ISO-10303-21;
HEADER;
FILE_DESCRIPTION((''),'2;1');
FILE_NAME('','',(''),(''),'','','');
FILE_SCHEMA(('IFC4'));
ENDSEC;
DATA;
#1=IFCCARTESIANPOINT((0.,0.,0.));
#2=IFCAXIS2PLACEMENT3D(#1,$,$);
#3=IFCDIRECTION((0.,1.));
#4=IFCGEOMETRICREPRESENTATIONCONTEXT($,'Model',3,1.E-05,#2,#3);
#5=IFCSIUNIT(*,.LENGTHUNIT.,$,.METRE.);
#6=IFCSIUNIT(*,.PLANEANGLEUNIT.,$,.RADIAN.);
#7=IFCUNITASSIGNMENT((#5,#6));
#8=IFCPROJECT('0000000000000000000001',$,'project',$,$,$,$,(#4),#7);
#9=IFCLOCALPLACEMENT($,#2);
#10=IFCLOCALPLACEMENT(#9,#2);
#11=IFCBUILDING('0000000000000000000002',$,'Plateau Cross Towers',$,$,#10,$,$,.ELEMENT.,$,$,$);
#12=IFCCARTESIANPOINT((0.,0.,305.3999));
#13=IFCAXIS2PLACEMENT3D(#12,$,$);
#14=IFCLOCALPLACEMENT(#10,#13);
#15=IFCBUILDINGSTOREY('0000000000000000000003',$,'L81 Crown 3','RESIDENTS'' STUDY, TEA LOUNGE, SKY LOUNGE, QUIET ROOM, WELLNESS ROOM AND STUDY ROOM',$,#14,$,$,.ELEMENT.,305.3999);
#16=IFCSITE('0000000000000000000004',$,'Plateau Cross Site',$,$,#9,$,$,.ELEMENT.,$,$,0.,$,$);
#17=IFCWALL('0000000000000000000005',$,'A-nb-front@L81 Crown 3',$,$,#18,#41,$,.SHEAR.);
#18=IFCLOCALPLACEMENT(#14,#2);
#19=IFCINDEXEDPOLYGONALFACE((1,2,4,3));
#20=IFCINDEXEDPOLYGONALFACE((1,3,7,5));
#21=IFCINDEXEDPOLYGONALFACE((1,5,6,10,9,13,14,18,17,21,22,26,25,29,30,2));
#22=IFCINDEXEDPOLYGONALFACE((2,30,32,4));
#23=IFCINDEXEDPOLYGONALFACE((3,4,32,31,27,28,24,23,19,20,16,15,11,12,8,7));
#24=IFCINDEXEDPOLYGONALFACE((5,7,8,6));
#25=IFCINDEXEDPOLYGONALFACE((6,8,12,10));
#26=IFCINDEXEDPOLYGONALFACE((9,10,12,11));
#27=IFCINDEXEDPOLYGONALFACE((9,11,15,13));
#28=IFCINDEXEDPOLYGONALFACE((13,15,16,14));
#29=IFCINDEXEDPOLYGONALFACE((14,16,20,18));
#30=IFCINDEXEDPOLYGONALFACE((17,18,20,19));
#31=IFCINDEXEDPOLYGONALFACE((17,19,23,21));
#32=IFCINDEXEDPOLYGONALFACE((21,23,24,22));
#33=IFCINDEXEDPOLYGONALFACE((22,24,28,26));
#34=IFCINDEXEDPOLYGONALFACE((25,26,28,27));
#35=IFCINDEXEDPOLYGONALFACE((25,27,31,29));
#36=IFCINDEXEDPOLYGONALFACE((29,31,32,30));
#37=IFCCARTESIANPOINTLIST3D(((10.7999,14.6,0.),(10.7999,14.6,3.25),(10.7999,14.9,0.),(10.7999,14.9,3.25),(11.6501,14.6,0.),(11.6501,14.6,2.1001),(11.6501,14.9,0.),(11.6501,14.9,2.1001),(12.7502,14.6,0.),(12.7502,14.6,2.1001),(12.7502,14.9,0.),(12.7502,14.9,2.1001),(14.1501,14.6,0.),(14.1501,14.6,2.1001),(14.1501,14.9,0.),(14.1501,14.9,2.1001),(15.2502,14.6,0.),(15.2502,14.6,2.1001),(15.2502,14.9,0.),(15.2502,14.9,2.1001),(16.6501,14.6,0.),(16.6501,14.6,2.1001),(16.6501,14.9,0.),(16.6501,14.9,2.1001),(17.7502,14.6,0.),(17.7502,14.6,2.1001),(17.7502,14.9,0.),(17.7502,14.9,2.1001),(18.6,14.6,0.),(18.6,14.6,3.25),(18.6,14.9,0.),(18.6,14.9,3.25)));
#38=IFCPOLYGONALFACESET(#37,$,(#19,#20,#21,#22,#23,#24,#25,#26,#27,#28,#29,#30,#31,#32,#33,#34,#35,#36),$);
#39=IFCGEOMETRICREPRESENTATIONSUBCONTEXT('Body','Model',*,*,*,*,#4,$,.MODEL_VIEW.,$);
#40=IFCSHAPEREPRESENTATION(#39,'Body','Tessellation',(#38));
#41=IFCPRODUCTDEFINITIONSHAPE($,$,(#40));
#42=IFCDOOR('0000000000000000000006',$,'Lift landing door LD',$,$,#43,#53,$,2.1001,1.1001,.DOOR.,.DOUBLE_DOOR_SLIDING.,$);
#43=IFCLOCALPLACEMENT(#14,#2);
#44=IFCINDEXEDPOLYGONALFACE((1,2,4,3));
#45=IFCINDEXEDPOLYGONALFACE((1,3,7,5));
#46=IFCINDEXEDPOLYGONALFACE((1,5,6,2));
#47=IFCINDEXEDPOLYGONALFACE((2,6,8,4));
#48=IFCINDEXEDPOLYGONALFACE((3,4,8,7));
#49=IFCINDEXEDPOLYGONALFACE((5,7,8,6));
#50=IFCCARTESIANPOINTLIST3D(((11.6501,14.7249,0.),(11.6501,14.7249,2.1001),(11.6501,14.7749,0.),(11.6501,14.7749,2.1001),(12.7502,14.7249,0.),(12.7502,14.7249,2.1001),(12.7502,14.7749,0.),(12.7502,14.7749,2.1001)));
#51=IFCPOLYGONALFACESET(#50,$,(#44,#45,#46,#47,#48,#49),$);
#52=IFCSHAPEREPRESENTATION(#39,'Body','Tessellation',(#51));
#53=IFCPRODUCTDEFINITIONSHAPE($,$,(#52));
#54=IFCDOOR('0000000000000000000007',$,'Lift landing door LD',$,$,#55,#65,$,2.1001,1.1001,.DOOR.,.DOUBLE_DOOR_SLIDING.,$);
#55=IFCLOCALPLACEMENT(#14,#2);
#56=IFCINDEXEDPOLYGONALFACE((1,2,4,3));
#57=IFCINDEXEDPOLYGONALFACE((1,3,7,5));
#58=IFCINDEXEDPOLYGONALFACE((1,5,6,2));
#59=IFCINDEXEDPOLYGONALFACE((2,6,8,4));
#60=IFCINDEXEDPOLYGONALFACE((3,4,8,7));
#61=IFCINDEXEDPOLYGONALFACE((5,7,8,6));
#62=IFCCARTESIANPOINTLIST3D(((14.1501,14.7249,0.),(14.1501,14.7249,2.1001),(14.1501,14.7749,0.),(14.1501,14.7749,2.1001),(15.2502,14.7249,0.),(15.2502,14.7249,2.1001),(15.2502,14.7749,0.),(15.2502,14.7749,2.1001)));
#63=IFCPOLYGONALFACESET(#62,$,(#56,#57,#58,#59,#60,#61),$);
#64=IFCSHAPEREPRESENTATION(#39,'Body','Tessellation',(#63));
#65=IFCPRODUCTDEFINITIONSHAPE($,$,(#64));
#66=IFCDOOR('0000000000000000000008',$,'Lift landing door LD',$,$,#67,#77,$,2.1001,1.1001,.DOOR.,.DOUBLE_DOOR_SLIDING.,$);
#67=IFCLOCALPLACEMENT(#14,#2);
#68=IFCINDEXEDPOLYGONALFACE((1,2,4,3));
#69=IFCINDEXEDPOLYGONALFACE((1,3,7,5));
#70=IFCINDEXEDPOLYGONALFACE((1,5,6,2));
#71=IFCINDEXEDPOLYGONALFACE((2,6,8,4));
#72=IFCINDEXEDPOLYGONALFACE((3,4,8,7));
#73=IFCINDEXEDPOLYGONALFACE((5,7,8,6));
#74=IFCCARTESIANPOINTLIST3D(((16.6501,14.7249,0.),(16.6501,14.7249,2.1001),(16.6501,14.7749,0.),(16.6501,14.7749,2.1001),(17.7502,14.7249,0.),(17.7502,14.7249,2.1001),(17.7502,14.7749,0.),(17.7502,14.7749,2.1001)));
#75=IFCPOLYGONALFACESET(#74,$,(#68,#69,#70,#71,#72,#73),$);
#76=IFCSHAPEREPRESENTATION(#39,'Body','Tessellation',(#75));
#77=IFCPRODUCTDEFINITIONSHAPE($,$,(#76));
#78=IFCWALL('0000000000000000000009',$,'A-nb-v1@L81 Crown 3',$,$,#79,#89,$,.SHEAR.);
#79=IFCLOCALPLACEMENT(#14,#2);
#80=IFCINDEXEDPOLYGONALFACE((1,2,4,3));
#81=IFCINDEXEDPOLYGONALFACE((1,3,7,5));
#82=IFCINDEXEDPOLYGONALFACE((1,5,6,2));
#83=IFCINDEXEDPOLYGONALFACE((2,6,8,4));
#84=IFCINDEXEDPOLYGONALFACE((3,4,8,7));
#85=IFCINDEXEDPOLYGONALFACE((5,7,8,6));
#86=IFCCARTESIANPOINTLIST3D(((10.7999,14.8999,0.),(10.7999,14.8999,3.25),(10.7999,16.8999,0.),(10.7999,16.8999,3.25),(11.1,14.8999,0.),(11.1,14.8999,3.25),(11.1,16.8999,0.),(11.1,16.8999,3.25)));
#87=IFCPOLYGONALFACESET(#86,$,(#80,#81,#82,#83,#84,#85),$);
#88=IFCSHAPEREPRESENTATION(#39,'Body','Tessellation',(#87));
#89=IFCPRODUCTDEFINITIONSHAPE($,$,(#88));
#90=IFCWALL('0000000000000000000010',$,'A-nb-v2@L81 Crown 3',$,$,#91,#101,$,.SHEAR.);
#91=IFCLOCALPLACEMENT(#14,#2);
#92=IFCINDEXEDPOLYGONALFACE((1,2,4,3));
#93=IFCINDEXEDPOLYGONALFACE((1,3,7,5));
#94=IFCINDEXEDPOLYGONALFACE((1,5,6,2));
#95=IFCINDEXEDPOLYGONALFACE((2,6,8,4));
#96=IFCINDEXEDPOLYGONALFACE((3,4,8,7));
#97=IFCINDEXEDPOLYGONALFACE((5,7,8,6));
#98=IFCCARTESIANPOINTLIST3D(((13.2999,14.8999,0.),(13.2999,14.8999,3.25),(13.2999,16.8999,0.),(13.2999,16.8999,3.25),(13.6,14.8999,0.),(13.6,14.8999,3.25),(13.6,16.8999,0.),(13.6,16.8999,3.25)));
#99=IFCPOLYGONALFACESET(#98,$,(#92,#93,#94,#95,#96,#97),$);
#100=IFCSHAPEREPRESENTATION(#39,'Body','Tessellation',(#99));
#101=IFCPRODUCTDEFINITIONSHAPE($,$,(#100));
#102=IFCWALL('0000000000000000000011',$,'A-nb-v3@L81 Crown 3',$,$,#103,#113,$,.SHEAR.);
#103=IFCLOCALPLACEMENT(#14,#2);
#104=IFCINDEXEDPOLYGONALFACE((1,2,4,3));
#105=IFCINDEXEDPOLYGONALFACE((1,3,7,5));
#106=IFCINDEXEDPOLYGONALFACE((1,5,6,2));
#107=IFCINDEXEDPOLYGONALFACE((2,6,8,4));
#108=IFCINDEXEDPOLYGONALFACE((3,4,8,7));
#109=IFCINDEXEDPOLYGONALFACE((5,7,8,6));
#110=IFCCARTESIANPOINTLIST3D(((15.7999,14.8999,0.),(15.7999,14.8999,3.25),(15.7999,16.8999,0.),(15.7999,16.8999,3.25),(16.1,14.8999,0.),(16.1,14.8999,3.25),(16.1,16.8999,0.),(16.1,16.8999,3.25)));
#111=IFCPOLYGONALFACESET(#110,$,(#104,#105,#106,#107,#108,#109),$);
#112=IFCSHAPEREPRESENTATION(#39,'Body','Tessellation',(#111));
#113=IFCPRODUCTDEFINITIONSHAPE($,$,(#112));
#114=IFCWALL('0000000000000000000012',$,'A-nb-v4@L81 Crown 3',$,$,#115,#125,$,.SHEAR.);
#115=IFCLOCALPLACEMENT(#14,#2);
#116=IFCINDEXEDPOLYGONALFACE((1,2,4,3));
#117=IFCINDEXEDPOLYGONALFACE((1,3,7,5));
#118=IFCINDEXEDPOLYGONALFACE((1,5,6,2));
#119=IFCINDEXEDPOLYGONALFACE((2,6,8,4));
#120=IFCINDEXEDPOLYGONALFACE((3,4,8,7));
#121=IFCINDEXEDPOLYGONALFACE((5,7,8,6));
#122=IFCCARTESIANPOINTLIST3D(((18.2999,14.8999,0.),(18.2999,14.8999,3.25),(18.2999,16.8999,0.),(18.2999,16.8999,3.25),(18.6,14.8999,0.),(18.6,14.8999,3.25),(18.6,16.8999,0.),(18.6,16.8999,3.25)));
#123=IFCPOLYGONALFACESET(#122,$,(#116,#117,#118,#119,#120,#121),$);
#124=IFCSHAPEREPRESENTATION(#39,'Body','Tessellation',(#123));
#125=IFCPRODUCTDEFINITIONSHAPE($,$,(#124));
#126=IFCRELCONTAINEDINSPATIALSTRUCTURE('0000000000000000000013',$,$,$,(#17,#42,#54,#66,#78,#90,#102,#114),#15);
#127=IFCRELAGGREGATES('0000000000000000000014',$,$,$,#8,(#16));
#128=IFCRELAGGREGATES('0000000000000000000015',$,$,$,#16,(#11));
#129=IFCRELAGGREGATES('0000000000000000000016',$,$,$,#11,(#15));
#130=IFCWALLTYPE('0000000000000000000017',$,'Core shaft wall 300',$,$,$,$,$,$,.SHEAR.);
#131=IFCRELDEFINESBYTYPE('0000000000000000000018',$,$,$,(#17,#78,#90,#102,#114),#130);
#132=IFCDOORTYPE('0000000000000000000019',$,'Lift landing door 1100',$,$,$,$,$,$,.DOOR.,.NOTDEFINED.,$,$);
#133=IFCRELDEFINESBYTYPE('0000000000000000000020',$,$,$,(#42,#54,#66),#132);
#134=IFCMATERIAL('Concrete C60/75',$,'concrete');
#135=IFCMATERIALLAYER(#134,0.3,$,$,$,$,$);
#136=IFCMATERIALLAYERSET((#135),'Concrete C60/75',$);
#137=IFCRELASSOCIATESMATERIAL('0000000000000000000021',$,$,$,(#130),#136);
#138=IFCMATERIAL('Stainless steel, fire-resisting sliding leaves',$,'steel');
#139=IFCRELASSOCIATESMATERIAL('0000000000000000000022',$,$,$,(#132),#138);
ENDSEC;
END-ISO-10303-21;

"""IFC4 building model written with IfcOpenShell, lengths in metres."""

from ifc_helpers import new_model, si_unit, direction, frame, frame_2d, origin, place, context, subcontext, project, spatial, rectangle, extrude, material, layer, layer_set, type_object, element, fill, save


model = new_model("IFC4")

# Units and contexts
model_context = context("Model", 3, precision=1e-05, world=origin(), true_north=direction((0.0, 1.0)))
body_context = subcontext(model_context, "Body", "Model", "MODEL_VIEW")
ifc_project = project(units=[si_unit("LENGTHUNIT", "METRE"), si_unit("PLANEANGLEUNIT", "RADIAN")], contexts=[model_context])

# Site, building, storey
site_placement = place(None, origin())
site = spatial("IfcSite", under=ifc_project, at=site_placement, Name="Plateau Cross Site", CompositionType="ELEMENT", RefElevation=0.0)
building_placement = place(site_placement, origin())
building = spatial("IfcBuilding", under=site, at=building_placement, Name="Plateau Cross Towers", CompositionType="ELEMENT")
storey_placement = place(building_placement, frame((0.0, 0.0, 305.3999)))
storey = spatial("IfcBuildingStorey", under=building, at=storey_placement, Name="L81 Crown 3", Description="RESIDENTS' STUDY, TEA LOUNGE, SKY LOUNGE, QUIET ROOM, WELLNESS ROOM AND STUDY ROOM", CompositionType="ELEMENT", Elevation=305.3999)

# Shared definitions
ifc_material_1 = material(Name="Concrete C60/75", Category="concrete")

# Shared definitions
ifc_layer_1 = layer(ifc_material_1, 0.3)
ifc_layer_set_1 = layer_set([ifc_layer_1], Name="Concrete C60/75")
wall_type_1 = type_object("IfcWallType", Name="Core shaft wall 300", PredefinedType="SHEAR", material=ifc_layer_set_1)

# Wall, openings, doors
wall_1_placement = place(storey_placement, frame((10.8, 14.75, 0.0), z_axis=(0.0, 0.0, 1.0), x_axis=(1.0, 0.0, 0.0)))
wall_1 = element("IfcWall", 1, at=wall_1_placement, inside=storey, type_object=wall_type_1, Name="A-nb-front@L81 Crown 3", PredefinedType="SHEAR", context=body_context, shape_type="SweptSolid", body=[
    extrude(rectangle(XDim=7.8, YDim=0.3, at=frame_2d((3.8999, 0.0))), origin(), (0.0, 0.0, 1.0), 3.25),
])
opening_1_placement = place(wall_1_placement, frame((0.8501, 0.0, 0.0)))
opening_1 = element("IfcOpeningElement", 2, at=opening_1_placement, cuts=wall_1, PredefinedType="OPENING", context=body_context, shape_type="SweptSolid", body=[
    extrude(rectangle(XDim=1.1001, YDim=2.1001, at=frame_2d((0.55, 1.05))), frame((0.0, 0.1599, 0.0), z_axis=(0.0, -1.0, 0.0), x_axis=(1.0, 0.0, 0.0)), (0.0, 0.0, 1.0), 0.3201),
])
opening_2_placement = place(wall_1_placement, frame((3.3501, 0.0, 0.0)))
opening_2 = element("IfcOpeningElement", 3, at=opening_2_placement, cuts=wall_1, PredefinedType="OPENING", context=body_context, shape_type="SweptSolid", body=[
    extrude(rectangle(XDim=1.1001, YDim=2.1001, at=frame_2d((0.55, 1.05))), frame((0.0, 0.1599, 0.0), z_axis=(0.0, -1.0, 0.0), x_axis=(1.0, 0.0, 0.0)), (0.0, 0.0, 1.0), 0.3201),
])
opening_3_placement = place(wall_1_placement, frame((5.8501, 0.0, 0.0)))
opening_3 = element("IfcOpeningElement", 4, at=opening_3_placement, cuts=wall_1, PredefinedType="OPENING", context=body_context, shape_type="SweptSolid", body=[
    extrude(rectangle(XDim=1.1001, YDim=2.1001, at=frame_2d((0.55, 1.05))), frame((0.0, 0.1599, 0.0), z_axis=(0.0, -1.0, 0.0), x_axis=(1.0, 0.0, 0.0)), (0.0, 0.0, 1.0), 0.3201),
])
ifc_material_2 = material(Name="Stainless steel, fire-resisting sliding leaves", Category="steel")
door_type_1 = type_object("IfcDoorType", Name="Lift landing door 1100", OperationType="NOTDEFINED", PredefinedType="DOOR", material=ifc_material_2)
door_1_placement = place(opening_1_placement, origin())
door_1 = element("IfcDoor", 5, at=door_1_placement, inside=storey, type_object=door_type_1, Name="Lift landing door LD", OperationType="DOUBLE_DOOR_SLIDING", OverallHeight=2.1001, OverallWidth=1.1001, PredefinedType="DOOR", context=body_context, shape_type="SweptSolid", body=[
    extrude(rectangle(XDim=1.1001, YDim=2.1001, at=frame_2d((0.55, 1.05))), frame((0.0, 0.0249, 0.0), z_axis=(0.0, -1.0, 0.0), x_axis=(1.0, 0.0, 0.0)), (0.0, 0.0, 1.0), 0.05),
])
fill(opening_1, door_1)
door_2_placement = place(opening_2_placement, origin())
door_2 = element("IfcDoor", 6, at=door_2_placement, inside=storey, type_object=door_type_1, Name="Lift landing door LD", OperationType="DOUBLE_DOOR_SLIDING", OverallHeight=2.1001, OverallWidth=1.1001, PredefinedType="DOOR", context=body_context, shape_type="SweptSolid", body=[
    extrude(rectangle(XDim=1.1001, YDim=2.1001, at=frame_2d((0.55, 1.05))), frame((0.0, 0.0249, 0.0), z_axis=(0.0, -1.0, 0.0), x_axis=(1.0, 0.0, 0.0)), (0.0, 0.0, 1.0), 0.05),
])
fill(opening_2, door_2)
door_3_placement = place(opening_3_placement, origin())
door_3 = element("IfcDoor", 7, at=door_3_placement, inside=storey, type_object=door_type_1, Name="Lift landing door LD", OperationType="DOUBLE_DOOR_SLIDING", OverallHeight=2.1001, OverallWidth=1.1001, PredefinedType="DOOR", context=body_context, shape_type="SweptSolid", body=[
    extrude(rectangle(XDim=1.1001, YDim=2.1001, at=frame_2d((0.55, 1.05))), frame((0.0, 0.0249, 0.0), z_axis=(0.0, -1.0, 0.0), x_axis=(1.0, 0.0, 0.0)), (0.0, 0.0, 1.0), 0.05),
])
fill(opening_3, door_3)

# Walls
for number, where, z_axis, x_axis, name in (
    (8, (10.95, 14.8999, 0.0), (0.0, 0.0, 1.0), (0.0, 1.0, 0.0), "A-nb-v1@L81 Crown 3"),
    (9, (13.45, 14.8999, 0.0), (0.0, 0.0, 1.0), (0.0, 1.0, 0.0), "A-nb-v2@L81 Crown 3"),
    (10, (15.95, 14.8999, 0.0), (0.0, 0.0, 1.0), (0.0, 1.0, 0.0), "A-nb-v3@L81 Crown 3"),
    (11, (18.45, 14.8999, 0.0), (0.0, 0.0, 1.0), (0.0, 1.0, 0.0), "A-nb-v4@L81 Crown 3"),
):
    element("IfcWall", number, at=place(storey_placement, frame(where, z_axis=z_axis, x_axis=x_axis)), inside=storey, type_object=wall_type_1, Name=name, PredefinedType="SHEAR", context=body_context, shape_type="SweptSolid", body=[
        extrude(rectangle(XDim=2.0, YDim=0.3, at=frame_2d((1.0, 0.0))), origin(), (0.0, 0.0, 1.0), 3.25),
    ])

save(model, "model.ifc")
